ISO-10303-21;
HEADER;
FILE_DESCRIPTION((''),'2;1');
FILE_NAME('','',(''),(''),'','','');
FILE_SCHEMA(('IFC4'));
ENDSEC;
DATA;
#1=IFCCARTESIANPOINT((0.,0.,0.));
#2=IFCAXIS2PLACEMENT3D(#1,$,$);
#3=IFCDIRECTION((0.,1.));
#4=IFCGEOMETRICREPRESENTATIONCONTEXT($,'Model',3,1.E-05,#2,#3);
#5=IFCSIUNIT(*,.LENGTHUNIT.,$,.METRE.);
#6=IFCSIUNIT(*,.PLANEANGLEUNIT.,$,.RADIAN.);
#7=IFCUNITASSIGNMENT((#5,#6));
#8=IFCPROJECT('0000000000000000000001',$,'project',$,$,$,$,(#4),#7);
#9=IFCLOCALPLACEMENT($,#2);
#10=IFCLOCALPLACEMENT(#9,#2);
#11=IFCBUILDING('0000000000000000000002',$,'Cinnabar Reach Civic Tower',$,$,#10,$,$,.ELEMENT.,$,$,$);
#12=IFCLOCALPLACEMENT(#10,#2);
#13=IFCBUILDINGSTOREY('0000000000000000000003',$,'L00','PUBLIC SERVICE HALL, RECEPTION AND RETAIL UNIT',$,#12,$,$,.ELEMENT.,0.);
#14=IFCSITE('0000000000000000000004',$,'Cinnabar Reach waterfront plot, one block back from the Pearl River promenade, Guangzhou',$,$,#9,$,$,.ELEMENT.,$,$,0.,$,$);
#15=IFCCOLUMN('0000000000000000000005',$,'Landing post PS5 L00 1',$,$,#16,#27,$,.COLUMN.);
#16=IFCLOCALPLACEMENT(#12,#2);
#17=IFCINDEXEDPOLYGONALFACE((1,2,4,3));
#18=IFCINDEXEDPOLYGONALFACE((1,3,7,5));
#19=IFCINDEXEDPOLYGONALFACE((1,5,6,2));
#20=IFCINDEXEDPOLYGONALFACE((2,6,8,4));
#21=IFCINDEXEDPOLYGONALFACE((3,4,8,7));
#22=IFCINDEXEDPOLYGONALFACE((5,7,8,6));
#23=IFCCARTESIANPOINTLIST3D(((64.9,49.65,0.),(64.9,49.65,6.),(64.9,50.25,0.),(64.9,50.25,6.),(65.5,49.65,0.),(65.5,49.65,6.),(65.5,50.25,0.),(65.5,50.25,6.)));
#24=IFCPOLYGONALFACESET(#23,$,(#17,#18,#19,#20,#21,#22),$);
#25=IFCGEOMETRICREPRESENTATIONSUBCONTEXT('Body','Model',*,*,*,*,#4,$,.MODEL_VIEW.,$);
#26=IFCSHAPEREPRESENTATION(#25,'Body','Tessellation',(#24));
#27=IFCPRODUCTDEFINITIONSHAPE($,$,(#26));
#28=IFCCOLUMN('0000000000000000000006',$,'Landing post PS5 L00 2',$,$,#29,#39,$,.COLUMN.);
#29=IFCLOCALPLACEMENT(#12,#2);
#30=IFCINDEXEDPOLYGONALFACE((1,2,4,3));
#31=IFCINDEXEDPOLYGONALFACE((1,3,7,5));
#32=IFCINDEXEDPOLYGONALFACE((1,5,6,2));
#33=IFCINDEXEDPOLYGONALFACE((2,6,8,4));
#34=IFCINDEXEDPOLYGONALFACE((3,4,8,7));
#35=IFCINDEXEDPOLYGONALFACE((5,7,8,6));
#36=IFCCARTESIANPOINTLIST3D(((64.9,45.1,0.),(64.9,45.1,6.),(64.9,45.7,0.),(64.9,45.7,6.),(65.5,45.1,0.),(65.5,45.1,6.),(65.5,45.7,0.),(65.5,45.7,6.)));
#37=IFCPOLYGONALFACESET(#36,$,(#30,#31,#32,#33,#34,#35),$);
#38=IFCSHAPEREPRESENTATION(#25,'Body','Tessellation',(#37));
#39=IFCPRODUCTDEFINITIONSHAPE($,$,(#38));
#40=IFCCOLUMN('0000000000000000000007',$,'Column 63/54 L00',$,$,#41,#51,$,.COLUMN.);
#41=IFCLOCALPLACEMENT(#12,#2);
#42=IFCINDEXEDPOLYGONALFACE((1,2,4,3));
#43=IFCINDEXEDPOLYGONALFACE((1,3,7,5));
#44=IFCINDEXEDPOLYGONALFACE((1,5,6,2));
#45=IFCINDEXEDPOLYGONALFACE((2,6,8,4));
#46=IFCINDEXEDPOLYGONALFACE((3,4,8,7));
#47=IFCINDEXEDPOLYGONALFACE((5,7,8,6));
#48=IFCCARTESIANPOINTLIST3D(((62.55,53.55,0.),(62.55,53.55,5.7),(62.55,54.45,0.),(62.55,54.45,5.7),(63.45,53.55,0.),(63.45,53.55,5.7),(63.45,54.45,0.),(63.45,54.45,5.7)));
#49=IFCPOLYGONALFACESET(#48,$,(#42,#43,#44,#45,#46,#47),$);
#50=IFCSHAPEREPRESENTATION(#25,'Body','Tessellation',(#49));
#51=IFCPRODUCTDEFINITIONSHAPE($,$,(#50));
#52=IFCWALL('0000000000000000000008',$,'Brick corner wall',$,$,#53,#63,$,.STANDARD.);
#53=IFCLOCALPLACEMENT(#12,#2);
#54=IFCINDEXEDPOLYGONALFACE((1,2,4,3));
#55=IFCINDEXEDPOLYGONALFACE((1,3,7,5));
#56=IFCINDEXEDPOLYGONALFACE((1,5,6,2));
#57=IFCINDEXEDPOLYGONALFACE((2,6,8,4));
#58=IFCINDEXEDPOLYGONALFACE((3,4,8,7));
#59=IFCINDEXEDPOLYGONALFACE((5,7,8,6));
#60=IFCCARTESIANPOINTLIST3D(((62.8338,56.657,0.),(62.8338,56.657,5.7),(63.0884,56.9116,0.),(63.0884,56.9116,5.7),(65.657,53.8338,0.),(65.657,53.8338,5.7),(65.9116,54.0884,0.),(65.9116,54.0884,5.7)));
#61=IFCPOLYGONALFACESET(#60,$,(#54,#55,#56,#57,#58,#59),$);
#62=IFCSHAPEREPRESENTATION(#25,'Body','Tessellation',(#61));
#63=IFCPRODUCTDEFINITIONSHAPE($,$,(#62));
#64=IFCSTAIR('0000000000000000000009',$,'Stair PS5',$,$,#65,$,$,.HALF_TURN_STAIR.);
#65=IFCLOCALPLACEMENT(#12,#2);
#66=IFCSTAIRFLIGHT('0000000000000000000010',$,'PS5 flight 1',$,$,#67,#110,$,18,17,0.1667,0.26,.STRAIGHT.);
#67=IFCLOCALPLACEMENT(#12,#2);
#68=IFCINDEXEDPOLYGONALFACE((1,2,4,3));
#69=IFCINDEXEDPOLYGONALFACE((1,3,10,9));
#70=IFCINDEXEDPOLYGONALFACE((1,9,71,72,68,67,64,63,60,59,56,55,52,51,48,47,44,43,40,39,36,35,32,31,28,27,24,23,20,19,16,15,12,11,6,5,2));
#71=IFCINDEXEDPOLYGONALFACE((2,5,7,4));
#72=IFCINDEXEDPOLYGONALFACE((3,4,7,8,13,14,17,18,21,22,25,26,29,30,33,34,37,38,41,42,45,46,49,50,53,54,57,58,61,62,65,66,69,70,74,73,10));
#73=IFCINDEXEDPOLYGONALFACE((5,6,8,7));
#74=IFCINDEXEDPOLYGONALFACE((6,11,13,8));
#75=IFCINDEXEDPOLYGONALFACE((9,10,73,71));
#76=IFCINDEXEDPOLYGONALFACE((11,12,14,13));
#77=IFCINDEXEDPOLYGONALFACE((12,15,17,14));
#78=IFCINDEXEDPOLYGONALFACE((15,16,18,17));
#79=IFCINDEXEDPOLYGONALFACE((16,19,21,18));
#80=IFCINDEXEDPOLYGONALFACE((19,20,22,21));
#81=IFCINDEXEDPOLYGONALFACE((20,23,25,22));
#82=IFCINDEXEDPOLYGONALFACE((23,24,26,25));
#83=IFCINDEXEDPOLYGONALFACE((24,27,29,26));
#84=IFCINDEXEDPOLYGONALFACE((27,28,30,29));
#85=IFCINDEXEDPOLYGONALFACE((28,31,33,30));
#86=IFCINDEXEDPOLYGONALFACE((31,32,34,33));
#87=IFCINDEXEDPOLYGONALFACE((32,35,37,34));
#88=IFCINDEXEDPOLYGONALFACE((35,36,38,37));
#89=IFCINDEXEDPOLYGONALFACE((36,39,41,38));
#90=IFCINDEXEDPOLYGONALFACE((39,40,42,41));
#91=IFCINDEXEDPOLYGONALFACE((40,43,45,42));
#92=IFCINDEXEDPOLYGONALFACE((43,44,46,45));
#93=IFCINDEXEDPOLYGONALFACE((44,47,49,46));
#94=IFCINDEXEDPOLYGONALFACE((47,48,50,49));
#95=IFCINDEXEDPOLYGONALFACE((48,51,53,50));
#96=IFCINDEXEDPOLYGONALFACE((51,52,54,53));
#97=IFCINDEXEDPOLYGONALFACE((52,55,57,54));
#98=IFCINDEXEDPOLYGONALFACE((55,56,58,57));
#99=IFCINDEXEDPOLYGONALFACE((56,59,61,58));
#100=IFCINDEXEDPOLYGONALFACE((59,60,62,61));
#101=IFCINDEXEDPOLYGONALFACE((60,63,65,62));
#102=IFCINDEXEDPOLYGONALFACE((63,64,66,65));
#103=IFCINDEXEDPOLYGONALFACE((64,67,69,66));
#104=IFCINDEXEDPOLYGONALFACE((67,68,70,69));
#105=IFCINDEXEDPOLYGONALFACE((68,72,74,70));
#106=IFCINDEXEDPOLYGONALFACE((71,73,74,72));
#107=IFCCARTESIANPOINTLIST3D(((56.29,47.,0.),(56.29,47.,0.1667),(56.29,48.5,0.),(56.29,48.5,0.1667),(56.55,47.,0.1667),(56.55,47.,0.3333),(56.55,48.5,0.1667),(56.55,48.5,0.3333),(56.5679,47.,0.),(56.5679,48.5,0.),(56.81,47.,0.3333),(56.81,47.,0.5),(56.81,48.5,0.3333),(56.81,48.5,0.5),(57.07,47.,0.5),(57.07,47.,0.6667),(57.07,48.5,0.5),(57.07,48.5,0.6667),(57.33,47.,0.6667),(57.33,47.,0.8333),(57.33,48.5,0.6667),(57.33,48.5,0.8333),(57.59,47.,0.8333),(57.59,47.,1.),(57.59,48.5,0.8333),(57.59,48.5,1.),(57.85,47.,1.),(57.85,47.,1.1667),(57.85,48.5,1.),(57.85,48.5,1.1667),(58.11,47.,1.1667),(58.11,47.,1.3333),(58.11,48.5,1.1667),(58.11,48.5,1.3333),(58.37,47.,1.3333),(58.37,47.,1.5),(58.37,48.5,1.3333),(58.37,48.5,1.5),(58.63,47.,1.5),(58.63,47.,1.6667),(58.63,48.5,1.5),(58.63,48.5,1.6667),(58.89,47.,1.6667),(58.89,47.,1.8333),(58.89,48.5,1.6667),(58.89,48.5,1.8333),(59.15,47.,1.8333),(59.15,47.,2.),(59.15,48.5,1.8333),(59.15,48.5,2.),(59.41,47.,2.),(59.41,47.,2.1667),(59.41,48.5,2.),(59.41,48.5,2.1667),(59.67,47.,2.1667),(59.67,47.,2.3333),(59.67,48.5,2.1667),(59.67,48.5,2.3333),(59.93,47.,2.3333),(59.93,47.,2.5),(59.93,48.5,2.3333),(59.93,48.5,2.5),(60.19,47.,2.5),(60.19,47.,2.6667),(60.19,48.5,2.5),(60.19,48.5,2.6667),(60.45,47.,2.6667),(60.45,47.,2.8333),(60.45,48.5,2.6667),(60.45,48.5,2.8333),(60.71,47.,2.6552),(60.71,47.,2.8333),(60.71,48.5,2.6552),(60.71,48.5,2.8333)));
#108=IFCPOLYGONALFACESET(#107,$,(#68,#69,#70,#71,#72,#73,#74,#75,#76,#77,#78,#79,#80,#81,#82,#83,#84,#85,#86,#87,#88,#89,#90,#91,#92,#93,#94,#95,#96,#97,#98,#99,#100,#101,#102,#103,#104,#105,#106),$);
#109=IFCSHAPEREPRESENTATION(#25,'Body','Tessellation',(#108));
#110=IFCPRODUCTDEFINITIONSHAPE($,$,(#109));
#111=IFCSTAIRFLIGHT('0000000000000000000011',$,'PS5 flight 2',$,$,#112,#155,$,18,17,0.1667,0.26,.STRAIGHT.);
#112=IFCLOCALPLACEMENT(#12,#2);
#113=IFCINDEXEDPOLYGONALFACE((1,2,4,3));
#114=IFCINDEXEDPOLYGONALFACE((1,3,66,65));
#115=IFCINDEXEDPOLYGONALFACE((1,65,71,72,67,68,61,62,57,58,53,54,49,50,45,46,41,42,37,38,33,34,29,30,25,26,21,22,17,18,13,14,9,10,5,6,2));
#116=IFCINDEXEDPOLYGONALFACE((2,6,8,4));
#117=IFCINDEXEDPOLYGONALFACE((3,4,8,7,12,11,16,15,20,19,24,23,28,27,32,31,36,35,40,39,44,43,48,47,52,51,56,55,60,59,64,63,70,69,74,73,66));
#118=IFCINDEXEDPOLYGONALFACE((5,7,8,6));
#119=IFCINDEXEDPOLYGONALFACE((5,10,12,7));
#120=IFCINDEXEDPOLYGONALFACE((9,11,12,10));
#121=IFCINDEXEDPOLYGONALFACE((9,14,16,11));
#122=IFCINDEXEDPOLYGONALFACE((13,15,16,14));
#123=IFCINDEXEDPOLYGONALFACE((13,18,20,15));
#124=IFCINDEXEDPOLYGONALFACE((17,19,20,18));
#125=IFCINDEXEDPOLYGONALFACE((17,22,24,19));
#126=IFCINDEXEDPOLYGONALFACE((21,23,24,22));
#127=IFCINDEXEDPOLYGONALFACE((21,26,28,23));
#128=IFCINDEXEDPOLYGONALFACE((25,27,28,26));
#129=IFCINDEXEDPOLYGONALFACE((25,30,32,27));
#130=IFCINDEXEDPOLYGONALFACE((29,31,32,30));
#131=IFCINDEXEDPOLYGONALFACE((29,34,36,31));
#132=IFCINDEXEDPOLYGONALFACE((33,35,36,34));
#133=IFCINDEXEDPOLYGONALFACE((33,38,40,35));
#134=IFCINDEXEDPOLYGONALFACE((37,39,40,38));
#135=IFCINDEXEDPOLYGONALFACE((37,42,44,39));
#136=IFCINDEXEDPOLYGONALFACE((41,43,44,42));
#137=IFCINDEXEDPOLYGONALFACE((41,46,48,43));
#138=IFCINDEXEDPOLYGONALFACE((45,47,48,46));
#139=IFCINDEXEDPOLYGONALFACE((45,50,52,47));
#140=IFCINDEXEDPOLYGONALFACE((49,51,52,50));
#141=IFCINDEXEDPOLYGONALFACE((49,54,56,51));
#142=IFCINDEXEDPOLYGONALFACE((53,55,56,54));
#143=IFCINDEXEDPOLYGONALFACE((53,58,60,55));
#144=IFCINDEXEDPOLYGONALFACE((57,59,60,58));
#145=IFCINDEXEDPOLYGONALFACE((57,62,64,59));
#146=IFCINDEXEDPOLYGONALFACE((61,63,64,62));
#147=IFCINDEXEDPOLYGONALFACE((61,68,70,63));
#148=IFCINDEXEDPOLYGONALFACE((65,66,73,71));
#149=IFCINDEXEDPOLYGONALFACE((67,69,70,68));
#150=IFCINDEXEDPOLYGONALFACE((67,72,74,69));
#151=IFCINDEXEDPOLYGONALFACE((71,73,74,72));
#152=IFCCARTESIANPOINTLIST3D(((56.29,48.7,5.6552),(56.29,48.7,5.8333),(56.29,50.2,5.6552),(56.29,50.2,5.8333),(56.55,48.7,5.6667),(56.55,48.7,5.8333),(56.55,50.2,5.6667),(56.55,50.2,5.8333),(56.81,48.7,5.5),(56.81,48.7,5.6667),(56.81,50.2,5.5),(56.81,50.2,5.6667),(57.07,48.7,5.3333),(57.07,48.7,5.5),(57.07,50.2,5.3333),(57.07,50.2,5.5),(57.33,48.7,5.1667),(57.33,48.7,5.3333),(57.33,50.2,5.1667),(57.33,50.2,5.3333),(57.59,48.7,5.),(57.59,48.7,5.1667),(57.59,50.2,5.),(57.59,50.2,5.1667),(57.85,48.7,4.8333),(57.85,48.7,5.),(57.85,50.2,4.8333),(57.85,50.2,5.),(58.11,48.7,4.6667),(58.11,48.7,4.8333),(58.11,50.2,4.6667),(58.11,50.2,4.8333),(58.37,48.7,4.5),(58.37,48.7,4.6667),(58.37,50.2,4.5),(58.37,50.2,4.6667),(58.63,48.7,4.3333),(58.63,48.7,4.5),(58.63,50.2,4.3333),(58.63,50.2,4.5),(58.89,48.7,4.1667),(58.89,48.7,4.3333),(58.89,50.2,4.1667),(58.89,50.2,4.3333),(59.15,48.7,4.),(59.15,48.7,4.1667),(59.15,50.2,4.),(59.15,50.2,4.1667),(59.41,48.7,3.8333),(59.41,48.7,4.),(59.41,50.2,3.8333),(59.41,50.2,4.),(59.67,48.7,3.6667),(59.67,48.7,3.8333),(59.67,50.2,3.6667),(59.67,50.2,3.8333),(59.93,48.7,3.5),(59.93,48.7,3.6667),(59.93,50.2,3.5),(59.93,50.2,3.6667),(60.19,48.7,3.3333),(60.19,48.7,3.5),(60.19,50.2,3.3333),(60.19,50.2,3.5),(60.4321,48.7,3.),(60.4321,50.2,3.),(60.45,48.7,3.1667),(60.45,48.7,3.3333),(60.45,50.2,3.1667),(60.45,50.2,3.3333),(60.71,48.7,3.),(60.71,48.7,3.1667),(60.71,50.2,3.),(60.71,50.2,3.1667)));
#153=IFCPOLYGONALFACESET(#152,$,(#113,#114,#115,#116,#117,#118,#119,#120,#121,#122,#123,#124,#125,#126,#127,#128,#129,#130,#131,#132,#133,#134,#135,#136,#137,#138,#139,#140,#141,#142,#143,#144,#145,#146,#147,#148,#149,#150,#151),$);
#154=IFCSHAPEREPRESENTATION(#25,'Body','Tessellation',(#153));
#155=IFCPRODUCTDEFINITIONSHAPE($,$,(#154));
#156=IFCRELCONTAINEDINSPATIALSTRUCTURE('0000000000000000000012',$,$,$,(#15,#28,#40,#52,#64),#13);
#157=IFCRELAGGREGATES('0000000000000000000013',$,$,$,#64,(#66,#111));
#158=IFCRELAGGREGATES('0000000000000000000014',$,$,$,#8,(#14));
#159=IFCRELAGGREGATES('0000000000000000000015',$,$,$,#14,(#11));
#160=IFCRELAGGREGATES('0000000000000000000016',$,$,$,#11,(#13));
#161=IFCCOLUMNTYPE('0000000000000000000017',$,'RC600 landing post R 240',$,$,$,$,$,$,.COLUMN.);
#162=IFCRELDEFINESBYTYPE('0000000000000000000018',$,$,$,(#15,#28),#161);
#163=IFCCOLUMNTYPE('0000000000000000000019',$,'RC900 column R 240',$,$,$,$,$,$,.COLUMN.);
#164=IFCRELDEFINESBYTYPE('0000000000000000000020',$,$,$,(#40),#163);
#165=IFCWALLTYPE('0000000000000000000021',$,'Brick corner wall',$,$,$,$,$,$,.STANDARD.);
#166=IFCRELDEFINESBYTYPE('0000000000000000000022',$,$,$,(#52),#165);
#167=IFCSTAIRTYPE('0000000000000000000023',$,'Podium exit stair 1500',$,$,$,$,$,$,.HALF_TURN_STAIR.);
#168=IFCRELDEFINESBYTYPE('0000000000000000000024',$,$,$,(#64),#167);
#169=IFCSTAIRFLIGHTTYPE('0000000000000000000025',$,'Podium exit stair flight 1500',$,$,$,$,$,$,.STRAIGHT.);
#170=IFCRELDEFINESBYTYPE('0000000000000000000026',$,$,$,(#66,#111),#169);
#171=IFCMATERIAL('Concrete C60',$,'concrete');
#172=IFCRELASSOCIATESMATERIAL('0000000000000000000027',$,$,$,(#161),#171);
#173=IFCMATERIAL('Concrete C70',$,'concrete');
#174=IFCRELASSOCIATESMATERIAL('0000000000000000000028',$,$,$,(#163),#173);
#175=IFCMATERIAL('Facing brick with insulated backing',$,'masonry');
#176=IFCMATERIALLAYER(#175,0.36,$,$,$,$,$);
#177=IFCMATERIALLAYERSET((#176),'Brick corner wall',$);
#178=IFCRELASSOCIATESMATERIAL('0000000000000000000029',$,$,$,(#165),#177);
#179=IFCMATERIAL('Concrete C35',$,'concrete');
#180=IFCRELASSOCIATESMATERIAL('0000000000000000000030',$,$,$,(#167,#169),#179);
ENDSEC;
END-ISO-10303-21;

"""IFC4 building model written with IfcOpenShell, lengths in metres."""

from ifc_helpers import new_model, si_unit, direction, frame, frame_2d, origin, origin_2d, place, context, subcontext, project, spatial, polyline, rectangle, outline, extrude, material, layer, layer_set, material_profile, profile_set, type_object, element, aggregate, save


model = new_model("IFC4")

# Units and contexts
model_context = context("Model", 3, precision=1e-05, world=origin(), true_north=direction((0.0, 1.0)))
body_context = subcontext(model_context, "Body", "Model", "MODEL_VIEW")
ifc_project = project(units=[si_unit("LENGTHUNIT", "METRE"), si_unit("PLANEANGLEUNIT", "RADIAN")], contexts=[model_context])

# Site, building, storey
site_placement = place(None, origin())
site = spatial("IfcSite", under=ifc_project, at=site_placement, Name="Cinnabar Reach waterfront plot, one block back from the Pearl River promenade, Guangzhou", CompositionType="ELEMENT", RefElevation=0.0)
building_placement = place(site_placement, origin())
building = spatial("IfcBuilding", under=site, at=building_placement, Name="Cinnabar Reach Civic Tower", CompositionType="ELEMENT")
storey_placement = place(building_placement, origin())
storey = spatial("IfcBuildingStorey", under=building, at=storey_placement, Name="L00", Description="PUBLIC SERVICE HALL, RECEPTION AND RETAIL UNIT", CompositionType="ELEMENT", Elevation=0.0)

# Columns
ifc_material_1 = material(Name="Concrete C60", Category="concrete")
ifc_material_profile_1 = material_profile(ifc_material_1, rectangle(XDim=0.6, YDim=0.6, at=origin_2d()), Name="RC600")
ifc_profile_set_1 = profile_set([ifc_material_profile_1], Name="Concrete C60")
column_type_1 = type_object("IfcColumnType", Name="RC600 landing post R 240", PredefinedType="COLUMN", material=ifc_profile_set_1)
for number, where, z_axis, x_axis, name in (
    (1, (65.2, 49.95, 0.0), (0.0, 0.0, 1.0), (1.0, 0.0, 0.0), "Landing post PS5 L00 1"),
    (2, (65.2, 45.4, 0.0), (0.0, 0.0, 1.0), (1.0, 0.0, 0.0), "Landing post PS5 L00 2"),
):
    element("IfcColumn", number, at=place(storey_placement, frame(where, z_axis=z_axis, x_axis=x_axis)), inside=storey, type_object=column_type_1, Name=name, PredefinedType="COLUMN", context=body_context, shape_type="SweptSolid", body=[
        extrude(rectangle(XDim=0.6, YDim=0.6, at=origin_2d()), origin(), (0.0, 0.0, 1.0), 6.0),
    ])
ifc_material_2 = material(Name="Concrete C70", Category="concrete")
ifc_material_profile_2 = material_profile(ifc_material_2, rectangle(XDim=0.9, YDim=0.9, at=origin_2d()), Name="RC900")
ifc_profile_set_2 = profile_set([ifc_material_profile_2], Name="Concrete C70")
column_type_2 = type_object("IfcColumnType", Name="RC900 column R 240", PredefinedType="COLUMN", material=ifc_profile_set_2)
column_placement = place(storey_placement, frame((63.0, 54.0, 0.0), z_axis=(0.0, 0.0, 1.0), x_axis=(1.0, 0.0, 0.0)))
element("IfcColumn", 3, at=column_placement, inside=storey, type_object=column_type_2, Name="Column 63/54 L00", PredefinedType="COLUMN", context=body_context, shape_type="SweptSolid", body=[
    extrude(rectangle(XDim=0.9, YDim=0.9, at=origin_2d()), origin(), (0.0, 0.0, 1.0), 5.7),
])

# Wall
ifc_material_3 = material(Name="Facing brick with insulated backing", Category="masonry")
ifc_layer_1 = layer(ifc_material_3, 0.36)
ifc_layer_set_1 = layer_set([ifc_layer_1], Name="Brick corner wall")
wall_type_1 = type_object("IfcWallType", Name="Brick corner wall", PredefinedType="STANDARD", material=ifc_layer_set_1)
wall_1_placement = place(storey_placement, frame((65.7843, 53.9611, 0.0), z_axis=(0.0, 0.0, 1.0), x_axis=(-0.707107, 0.707107, 0.0)))
element("IfcWall", 4, at=wall_1_placement, inside=storey, type_object=wall_type_1, Name="Brick corner wall", PredefinedType="STANDARD", context=body_context, shape_type="SweptSolid", body=[
    extrude(rectangle(XDim=3.9926, YDim=0.36, at=frame_2d((1.9963, 0.0))), origin(), (0.0, 0.0, 1.0), 5.7),
])

# Stair, stair flights
ifc_material_4 = material(Name="Concrete C35", Category="concrete")
stair_type = type_object("IfcStairType", Name="Podium exit stair 1500", PredefinedType="HALF_TURN_STAIR", material=ifc_material_4)
stair_placement = place(storey_placement, origin())
stair = element("IfcStair", 5, at=stair_placement, inside=storey, type_object=stair_type, Name="Stair PS5", PredefinedType="HALF_TURN_STAIR")
stair_flight_type = type_object("IfcStairFlightType", Name="Podium exit stair flight 1500", PredefinedType="STRAIGHT", material=ifc_material_4)
stair_flight_1_placement = place(storey_placement, frame((56.29, 47.75, 0.0), z_axis=(0.0, 0.0, 1.0), x_axis=(1.0, 0.0, 0.0)))
stair_flight_1 = element("IfcStairFlight", 6, at=stair_flight_1_placement, type_object=stair_flight_type, Name="PS5 flight 1", NumberOfRisers=18, NumberOfTreads=17, PredefinedType="STRAIGHT", RiserHeight=0.1667, TreadLength=0.26, context=body_context, shape_type="SweptSolid", body=[
    extrude(outline(polyline([(0.0, 0.0), (0.0, 0.1667), (0.26, 0.1667), (0.26, 0.3333), (0.52, 0.3333), (0.52, 0.5), (0.78, 0.5), (0.78, 0.6667), (1.04, 0.6667), (1.04, 0.8333), (1.3, 0.8333), (1.3, 1.0), (1.56, 1.0), (1.56, 1.1667), (1.82, 1.1667), (1.82, 1.3333), (2.08, 1.3333), (2.08, 1.5), (2.34, 1.5), (2.34, 1.6667), (2.6, 1.6667), (2.6, 1.8333), (2.86, 1.8333), (2.86, 2.0), (3.12, 2.0), (3.12, 2.1667), (3.38, 2.1667), (3.38, 2.3333), (3.64, 2.3333), (3.64, 2.5), (3.9, 2.5), (3.9, 2.6667), (4.16, 2.6667), (4.16, 2.8333), (4.42, 2.8333), (4.42, 3.0), (4.42, 2.6552), (0.2779, 0.0), (0.0, 0.0)])), frame((0.0, 0.75, 0.0), z_axis=(0.0, -1.0, 0.0), x_axis=(1.0, 0.0, 0.0)), (0.0, 0.0, 1.0), 1.5),
])
stair_flight_2_placement = place(storey_placement, frame((60.71, 49.45, 3.0), z_axis=(0.0, 0.0, 1.0), x_axis=(-1.0, 0.0, 0.0)))
stair_flight_2 = element("IfcStairFlight", 7, at=stair_flight_2_placement, type_object=stair_flight_type, Name="PS5 flight 2", NumberOfRisers=18, NumberOfTreads=17, PredefinedType="STRAIGHT", RiserHeight=0.1667, TreadLength=0.26, context=body_context, shape_type="SweptSolid", body=[
    extrude(outline(polyline([(0.0, 0.0), (0.0, 0.1667), (0.26, 0.1667), (0.26, 0.3333), (0.52, 0.3333), (0.52, 0.5), (0.78, 0.5), (0.78, 0.6667), (1.04, 0.6667), (1.04, 0.8333), (1.3, 0.8333), (1.3, 1.0), (1.56, 1.0), (1.56, 1.1667), (1.82, 1.1667), (1.82, 1.3333), (2.08, 1.3333), (2.08, 1.5), (2.34, 1.5), (2.34, 1.6667), (2.6, 1.6667), (2.6, 1.8333), (2.86, 1.8333), (2.86, 2.0), (3.12, 2.0), (3.12, 2.1667), (3.38, 2.1667), (3.38, 2.3333), (3.64, 2.3333), (3.64, 2.5), (3.9, 2.5), (3.9, 2.6667), (4.16, 2.6667), (4.16, 2.8333), (4.42, 2.8333), (4.42, 3.0), (4.42, 2.6552), (0.2779, 0.0), (0.0, 0.0)])), frame((0.0, 0.75, 0.0), z_axis=(0.0, -1.0, 0.0), x_axis=(1.0, 0.0, 0.0)), (0.0, 0.0, 1.0), 1.5),
])
aggregate(stair, [stair_flight_1, stair_flight_2])

save(model, "model.ifc")
